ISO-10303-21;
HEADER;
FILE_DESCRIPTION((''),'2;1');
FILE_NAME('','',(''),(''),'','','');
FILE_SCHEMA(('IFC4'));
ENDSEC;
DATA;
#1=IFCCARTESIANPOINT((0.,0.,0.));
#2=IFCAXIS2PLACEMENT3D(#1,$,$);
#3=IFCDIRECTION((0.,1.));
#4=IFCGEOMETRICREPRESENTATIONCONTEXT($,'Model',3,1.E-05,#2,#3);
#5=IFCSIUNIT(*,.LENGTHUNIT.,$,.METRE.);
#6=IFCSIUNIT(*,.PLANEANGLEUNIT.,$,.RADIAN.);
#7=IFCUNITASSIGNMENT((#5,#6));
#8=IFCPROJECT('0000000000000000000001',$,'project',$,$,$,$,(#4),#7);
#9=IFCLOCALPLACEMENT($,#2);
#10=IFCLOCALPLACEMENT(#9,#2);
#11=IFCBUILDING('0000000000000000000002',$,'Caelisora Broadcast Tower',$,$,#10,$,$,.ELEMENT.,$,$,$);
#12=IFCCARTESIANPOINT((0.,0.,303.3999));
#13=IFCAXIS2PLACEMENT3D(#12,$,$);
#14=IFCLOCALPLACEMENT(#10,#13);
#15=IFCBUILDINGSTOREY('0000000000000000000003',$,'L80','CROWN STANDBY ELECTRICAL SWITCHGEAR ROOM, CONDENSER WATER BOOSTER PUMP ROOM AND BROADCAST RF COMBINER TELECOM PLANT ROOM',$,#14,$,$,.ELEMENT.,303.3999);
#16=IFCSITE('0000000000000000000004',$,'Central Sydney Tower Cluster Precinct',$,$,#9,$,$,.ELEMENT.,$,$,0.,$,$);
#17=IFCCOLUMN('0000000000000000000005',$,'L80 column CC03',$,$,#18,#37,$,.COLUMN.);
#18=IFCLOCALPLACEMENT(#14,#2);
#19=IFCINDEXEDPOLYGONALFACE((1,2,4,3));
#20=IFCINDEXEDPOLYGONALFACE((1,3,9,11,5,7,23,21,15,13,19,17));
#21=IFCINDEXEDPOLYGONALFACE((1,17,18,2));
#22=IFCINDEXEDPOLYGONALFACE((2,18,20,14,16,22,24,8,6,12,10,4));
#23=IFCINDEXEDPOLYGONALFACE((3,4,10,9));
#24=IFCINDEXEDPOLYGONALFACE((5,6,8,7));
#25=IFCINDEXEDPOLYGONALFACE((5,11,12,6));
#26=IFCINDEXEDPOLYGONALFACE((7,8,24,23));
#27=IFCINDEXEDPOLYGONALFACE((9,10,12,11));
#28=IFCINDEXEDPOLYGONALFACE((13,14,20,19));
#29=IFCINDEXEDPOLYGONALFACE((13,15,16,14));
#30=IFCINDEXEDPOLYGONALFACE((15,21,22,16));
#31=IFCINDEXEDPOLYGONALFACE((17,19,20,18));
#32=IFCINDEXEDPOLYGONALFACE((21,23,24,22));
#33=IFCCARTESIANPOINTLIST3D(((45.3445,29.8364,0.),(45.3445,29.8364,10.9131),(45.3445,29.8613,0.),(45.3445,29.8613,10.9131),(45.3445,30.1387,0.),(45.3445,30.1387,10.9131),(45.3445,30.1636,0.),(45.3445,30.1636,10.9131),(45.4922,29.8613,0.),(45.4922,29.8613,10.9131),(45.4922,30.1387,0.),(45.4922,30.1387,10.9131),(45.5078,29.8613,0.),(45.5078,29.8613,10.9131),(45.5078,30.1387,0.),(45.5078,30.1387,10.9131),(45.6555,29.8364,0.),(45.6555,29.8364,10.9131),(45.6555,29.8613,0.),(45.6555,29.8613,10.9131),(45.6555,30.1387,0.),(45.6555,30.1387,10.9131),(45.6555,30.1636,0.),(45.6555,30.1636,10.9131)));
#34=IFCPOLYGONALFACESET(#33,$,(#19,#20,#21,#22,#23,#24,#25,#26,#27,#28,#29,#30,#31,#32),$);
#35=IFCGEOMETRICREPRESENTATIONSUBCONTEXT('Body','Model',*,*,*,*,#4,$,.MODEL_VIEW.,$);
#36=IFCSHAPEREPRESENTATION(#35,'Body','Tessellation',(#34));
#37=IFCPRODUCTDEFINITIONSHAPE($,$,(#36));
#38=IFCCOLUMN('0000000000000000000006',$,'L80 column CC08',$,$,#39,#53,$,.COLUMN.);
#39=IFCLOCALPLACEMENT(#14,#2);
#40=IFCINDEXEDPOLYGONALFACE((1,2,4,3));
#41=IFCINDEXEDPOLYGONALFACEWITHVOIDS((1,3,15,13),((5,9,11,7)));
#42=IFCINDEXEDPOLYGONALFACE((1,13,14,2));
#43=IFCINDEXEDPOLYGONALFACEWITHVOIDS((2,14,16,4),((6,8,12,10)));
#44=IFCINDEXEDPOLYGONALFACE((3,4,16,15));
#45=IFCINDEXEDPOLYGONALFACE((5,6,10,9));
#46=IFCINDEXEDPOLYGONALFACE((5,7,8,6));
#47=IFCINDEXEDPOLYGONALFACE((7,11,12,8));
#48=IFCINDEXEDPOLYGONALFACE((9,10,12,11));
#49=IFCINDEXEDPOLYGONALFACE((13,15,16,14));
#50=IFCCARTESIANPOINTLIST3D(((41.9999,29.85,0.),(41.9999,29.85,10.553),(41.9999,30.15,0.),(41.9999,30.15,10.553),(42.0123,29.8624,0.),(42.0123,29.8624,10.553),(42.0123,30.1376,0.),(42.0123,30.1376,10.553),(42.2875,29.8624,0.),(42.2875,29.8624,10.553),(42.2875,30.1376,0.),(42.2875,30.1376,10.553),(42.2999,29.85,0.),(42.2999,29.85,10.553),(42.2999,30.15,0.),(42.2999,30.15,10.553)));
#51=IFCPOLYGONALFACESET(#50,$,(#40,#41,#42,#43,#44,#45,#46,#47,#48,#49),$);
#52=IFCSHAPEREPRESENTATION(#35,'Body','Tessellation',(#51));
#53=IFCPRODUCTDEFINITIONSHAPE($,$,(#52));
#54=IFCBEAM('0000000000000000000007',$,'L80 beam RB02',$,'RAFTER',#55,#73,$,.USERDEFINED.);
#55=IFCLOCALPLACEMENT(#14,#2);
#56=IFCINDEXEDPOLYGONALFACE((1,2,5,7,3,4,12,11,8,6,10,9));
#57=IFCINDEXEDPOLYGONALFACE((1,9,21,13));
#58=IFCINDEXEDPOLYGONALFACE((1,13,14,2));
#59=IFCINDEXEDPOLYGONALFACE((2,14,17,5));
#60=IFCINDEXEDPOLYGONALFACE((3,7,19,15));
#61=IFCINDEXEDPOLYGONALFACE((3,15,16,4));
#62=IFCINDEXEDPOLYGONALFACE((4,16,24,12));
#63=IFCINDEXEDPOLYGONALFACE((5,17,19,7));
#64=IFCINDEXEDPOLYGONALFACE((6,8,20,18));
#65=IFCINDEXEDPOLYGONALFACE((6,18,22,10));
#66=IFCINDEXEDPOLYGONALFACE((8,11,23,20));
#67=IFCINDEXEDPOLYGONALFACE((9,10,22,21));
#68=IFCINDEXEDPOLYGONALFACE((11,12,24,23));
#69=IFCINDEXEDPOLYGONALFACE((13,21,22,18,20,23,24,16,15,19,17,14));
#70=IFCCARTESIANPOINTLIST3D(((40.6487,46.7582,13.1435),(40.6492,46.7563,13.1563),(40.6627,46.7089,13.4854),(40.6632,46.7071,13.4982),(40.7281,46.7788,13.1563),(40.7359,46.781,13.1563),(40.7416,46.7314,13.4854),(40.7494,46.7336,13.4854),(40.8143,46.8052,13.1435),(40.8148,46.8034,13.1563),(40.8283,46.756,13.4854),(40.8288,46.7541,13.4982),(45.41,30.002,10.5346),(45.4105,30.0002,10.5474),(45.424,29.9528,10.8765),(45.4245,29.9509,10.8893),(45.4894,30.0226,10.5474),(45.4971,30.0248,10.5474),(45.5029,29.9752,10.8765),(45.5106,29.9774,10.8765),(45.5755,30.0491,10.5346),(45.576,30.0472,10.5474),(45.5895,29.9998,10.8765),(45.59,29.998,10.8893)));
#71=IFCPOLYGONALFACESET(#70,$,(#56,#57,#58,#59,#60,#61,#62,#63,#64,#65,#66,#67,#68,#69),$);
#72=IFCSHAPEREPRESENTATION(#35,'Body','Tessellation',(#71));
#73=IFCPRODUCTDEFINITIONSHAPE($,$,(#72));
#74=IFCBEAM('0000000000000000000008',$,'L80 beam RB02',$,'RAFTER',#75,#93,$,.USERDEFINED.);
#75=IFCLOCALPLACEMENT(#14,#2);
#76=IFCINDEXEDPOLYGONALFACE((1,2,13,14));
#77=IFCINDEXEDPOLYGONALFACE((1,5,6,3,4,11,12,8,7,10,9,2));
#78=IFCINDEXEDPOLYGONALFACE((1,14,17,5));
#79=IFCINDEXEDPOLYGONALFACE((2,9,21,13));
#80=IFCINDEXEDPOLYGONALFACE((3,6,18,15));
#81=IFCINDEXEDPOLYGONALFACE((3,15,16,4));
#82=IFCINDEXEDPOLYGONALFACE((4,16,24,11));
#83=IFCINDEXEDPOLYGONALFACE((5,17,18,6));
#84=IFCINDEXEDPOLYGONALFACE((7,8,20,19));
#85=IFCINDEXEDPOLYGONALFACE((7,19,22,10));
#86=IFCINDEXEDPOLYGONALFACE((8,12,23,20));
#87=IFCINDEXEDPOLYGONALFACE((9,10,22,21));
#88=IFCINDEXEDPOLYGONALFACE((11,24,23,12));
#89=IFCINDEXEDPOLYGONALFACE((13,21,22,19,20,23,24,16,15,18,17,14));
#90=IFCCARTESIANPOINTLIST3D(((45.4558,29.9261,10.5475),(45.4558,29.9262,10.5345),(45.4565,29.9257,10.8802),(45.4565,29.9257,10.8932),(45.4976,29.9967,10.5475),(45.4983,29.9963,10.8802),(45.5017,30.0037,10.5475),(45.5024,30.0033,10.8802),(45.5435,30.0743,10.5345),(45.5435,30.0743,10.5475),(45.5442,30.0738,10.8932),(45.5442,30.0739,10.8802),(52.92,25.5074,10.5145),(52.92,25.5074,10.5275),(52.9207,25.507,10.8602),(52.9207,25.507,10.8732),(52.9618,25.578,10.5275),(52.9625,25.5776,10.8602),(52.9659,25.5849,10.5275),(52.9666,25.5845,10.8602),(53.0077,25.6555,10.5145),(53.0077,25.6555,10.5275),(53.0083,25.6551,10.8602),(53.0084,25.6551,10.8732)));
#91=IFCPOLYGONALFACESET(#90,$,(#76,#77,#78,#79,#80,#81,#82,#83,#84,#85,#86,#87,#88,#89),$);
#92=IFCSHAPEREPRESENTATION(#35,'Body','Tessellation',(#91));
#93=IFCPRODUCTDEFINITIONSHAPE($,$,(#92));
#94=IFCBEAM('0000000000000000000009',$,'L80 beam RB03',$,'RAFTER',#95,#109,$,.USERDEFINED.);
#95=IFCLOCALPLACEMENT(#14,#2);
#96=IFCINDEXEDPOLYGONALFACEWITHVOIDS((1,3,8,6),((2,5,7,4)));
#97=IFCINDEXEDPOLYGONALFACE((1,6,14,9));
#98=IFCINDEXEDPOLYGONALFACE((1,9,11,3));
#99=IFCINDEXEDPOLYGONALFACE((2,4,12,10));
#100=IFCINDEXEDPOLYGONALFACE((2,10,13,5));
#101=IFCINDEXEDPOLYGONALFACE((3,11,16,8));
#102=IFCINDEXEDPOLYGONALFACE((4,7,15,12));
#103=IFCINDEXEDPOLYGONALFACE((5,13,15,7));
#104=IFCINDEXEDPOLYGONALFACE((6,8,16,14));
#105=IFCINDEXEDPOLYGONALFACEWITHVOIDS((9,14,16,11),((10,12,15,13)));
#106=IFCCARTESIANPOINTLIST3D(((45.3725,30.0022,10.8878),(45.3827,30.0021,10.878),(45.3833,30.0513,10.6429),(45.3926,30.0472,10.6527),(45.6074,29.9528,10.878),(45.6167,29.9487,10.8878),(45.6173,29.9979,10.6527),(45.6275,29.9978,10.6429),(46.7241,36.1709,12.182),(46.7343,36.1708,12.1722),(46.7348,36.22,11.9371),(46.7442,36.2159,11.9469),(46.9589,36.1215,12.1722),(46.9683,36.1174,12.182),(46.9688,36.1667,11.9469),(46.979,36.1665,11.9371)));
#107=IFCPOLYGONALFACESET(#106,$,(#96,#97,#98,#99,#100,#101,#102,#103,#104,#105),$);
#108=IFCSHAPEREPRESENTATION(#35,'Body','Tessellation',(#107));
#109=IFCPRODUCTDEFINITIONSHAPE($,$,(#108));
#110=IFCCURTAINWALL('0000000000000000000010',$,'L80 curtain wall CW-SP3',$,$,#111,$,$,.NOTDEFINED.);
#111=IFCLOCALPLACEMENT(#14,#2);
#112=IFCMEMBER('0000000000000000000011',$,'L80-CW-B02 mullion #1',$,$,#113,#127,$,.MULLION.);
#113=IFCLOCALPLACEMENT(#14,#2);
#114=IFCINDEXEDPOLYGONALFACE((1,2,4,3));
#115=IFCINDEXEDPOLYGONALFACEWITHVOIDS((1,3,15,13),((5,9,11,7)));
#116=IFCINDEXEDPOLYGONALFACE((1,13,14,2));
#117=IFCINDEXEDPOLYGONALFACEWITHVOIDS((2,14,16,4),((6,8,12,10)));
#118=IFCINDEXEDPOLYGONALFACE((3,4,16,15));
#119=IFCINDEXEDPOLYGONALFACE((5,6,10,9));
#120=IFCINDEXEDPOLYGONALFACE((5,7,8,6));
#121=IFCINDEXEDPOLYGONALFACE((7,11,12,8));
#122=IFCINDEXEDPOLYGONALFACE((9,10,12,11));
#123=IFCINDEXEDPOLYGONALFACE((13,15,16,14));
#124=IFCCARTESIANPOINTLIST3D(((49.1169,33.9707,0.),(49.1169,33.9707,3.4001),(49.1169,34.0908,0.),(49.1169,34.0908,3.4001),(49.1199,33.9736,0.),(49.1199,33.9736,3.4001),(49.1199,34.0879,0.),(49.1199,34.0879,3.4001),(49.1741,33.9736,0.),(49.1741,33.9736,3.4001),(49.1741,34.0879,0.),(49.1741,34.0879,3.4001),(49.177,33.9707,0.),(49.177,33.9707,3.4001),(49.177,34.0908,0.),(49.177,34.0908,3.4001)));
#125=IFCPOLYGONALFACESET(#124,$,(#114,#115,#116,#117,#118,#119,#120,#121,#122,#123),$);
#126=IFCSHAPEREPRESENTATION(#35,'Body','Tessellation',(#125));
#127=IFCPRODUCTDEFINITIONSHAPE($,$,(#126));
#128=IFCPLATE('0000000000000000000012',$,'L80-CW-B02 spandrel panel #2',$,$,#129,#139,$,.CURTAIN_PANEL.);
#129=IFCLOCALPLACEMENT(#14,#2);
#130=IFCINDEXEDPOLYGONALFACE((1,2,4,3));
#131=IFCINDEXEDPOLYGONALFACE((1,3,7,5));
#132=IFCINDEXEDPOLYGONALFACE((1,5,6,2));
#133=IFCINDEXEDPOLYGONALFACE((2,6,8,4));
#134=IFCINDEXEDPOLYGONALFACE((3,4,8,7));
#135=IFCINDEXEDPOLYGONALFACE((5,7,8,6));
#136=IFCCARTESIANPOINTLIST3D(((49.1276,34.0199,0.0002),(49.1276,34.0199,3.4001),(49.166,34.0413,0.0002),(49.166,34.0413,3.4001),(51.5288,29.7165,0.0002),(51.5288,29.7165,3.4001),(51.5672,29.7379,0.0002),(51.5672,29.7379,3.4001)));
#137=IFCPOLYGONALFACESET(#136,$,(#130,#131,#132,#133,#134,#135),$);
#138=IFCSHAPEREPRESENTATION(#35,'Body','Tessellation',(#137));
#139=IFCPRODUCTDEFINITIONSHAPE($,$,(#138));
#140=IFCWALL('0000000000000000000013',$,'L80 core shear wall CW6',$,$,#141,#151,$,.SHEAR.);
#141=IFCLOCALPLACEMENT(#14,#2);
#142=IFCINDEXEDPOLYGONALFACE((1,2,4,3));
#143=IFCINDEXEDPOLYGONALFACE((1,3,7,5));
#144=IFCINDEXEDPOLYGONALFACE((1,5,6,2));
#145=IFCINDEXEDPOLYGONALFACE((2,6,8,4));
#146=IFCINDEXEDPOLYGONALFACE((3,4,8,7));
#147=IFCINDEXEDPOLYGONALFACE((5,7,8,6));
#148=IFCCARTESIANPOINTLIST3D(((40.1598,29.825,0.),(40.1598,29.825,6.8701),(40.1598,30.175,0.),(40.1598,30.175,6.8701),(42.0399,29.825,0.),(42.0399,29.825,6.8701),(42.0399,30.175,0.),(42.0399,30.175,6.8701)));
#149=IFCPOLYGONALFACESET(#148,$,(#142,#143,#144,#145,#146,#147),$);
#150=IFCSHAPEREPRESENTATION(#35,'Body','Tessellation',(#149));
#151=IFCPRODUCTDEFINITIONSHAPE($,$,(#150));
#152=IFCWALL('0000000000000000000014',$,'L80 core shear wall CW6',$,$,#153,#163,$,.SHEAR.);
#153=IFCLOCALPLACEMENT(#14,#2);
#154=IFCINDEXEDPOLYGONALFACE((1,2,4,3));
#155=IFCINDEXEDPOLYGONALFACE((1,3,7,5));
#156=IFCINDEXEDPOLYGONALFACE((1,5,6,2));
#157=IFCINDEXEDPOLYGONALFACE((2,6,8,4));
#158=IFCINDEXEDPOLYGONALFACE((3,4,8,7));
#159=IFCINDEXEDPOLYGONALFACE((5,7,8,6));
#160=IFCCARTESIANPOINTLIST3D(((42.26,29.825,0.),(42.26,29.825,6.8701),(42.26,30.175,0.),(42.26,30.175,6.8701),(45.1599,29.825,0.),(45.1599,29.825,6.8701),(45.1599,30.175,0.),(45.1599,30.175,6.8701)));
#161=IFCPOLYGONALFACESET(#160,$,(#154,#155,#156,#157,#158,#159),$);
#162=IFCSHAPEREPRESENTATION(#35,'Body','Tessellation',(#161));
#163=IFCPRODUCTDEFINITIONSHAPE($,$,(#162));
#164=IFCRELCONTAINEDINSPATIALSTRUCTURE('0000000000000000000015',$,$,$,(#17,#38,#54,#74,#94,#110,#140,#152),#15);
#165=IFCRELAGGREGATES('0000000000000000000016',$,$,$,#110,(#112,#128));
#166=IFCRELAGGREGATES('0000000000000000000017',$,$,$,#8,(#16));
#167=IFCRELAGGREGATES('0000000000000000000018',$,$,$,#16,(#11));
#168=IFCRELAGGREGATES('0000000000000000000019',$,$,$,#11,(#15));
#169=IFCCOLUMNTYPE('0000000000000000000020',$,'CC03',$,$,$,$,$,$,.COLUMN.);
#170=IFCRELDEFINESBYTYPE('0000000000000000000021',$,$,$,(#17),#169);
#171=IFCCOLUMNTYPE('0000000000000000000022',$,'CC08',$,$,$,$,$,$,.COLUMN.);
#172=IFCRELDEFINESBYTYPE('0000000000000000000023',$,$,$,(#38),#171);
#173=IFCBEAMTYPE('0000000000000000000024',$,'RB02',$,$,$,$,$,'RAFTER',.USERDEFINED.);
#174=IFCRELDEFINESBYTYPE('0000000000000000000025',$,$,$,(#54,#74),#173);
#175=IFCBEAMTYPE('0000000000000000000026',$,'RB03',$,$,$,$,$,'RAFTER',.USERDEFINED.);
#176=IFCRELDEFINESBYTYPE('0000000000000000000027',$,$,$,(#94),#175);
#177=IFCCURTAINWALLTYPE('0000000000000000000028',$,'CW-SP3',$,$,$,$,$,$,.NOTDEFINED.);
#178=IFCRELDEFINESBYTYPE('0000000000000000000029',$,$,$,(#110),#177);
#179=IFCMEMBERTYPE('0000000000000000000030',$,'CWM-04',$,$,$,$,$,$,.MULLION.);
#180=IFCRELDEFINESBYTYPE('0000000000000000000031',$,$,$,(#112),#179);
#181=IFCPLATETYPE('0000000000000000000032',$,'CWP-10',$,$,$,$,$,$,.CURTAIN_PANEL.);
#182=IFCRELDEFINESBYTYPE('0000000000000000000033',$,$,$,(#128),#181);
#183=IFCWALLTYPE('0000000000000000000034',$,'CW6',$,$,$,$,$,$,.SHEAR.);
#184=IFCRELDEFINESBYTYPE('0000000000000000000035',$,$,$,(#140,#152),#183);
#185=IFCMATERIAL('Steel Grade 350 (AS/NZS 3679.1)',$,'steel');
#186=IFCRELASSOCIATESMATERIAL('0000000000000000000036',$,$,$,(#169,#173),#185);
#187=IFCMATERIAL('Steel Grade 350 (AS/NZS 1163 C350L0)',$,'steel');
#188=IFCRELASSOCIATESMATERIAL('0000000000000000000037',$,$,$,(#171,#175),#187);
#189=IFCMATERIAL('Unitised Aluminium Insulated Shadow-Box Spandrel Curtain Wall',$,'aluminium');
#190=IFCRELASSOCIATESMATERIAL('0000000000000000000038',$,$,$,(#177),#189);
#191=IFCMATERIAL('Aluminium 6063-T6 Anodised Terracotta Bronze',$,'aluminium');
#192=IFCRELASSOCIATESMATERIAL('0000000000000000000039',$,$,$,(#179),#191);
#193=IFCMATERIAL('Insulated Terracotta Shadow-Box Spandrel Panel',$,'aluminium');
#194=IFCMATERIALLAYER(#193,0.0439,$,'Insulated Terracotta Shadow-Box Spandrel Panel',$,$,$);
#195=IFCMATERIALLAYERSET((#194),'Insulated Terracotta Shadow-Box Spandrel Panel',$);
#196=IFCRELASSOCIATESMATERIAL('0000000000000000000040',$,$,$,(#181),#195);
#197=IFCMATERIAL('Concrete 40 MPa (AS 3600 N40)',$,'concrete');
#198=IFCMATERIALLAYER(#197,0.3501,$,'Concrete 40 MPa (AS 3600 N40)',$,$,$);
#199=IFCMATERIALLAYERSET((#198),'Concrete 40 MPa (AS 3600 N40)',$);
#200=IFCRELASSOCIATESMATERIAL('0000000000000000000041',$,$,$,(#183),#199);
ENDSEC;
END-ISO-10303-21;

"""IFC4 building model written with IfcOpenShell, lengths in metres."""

from ifc_helpers import new_model, si_unit, direction, frame, frame_2d, origin, origin_2d, place, context, subcontext, project, spatial, rectangle, hollow_rectangle, i_section, extrude, source, transform, mapped, material, layer, layer_set, material_profile, profile_set, type_object, type_shapes, element, aggregate, save


model = new_model("IFC4")

# Units and contexts
model_context = context("Model", 3, precision=1e-05, world=origin(), true_north=direction((0.0, 1.0)))
body_context = subcontext(model_context, "Body", "Model", "MODEL_VIEW")
ifc_project = project(units=[si_unit("LENGTHUNIT", "METRE"), si_unit("PLANEANGLEUNIT", "RADIAN")], contexts=[model_context])

# Site, building, storey
site_placement = place(None, origin())
site = spatial("IfcSite", under=ifc_project, at=site_placement, Name="Central Sydney Tower Cluster Precinct", CompositionType="ELEMENT", RefElevation=0.0)
building_placement = place(site_placement, origin())
building = spatial("IfcBuilding", under=site, at=building_placement, Name="Caelisora Broadcast Tower", CompositionType="ELEMENT")
storey_placement = place(building_placement, frame((0.0, 0.0, 303.3999)))
storey = spatial("IfcBuildingStorey", under=building, at=storey_placement, Name="L80", Description="CROWN STANDBY ELECTRICAL SWITCHGEAR ROOM, CONDENSER WATER BOOSTER PUMP ROOM AND BROADCAST RF COMBINER TELECOM PLANT ROOM", CompositionType="ELEMENT", Elevation=303.3999)

# Columns
ifc_material_1 = material(Name="Steel Grade 350 (AS/NZS 3679.1)", Category="steel")
ifc_material_profile_1 = material_profile(ifc_material_1, i_section(OverallWidth=0.311, OverallDepth=0.3271, WebThickness=0.0156, FlangeThickness=0.0249, at=origin_2d()), Name="Steel Grade 350 (AS/NZS 3679.1)")
ifc_profile_set_1 = profile_set([ifc_material_profile_1], Name="Steel Grade 350 (AS/NZS 3679.1)")
column_type_1 = type_object("IfcColumnType", Name="CC03", PredefinedType="COLUMN", material=ifc_profile_set_1)
shared_shape_1 = source(origin(), body_context, "Body", "SweptSolid", [
    extrude(i_section(OverallWidth=0.311, OverallDepth=0.3271, WebThickness=0.0156, FlangeThickness=0.0249, at=origin_2d()), origin(), (0.0, 0.0, 1.0), 10.9131),
])
type_shapes(column_type_1, [shared_shape_1])
column_1_placement = place(storey_placement, frame((45.5, 30.0, 0.0), z_axis=(0.0, 0.0, 1.0), x_axis=(1.0, 0.0, 0.0)))
element("IfcColumn", 1, at=column_1_placement, inside=storey, type_object=column_type_1, Name="L80 column CC03", PredefinedType="COLUMN", context=body_context, shape_type="MappedRepresentation", body=[
    mapped(shared_shape_1, transform((0.0, 0.0, 0.0), scale=1.0)),
])
ifc_material_2 = material(Name="Steel Grade 350 (AS/NZS 1163 C350L0)", Category="steel")
ifc_material_profile_2 = material_profile(ifc_material_2, hollow_rectangle(XDim=0.3, YDim=0.3, WallThickness=0.0125, at=origin_2d()), Name="Steel Grade 350 (AS/NZS 1163 C350L0)")
ifc_profile_set_2 = profile_set([ifc_material_profile_2], Name="Steel Grade 350 (AS/NZS 1163 C350L0)")
column_type_2 = type_object("IfcColumnType", Name="CC08", PredefinedType="COLUMN", material=ifc_profile_set_2)
shared_shape_2 = source(origin(), body_context, "Body", "SweptSolid", [
    extrude(hollow_rectangle(XDim=0.3, YDim=0.3, WallThickness=0.0125, at=origin_2d()), origin(), (0.0, 0.0, 1.0), 10.553),
])
type_shapes(column_type_2, [shared_shape_2])
column_2_placement = place(storey_placement, frame((42.1499, 30.0, 0.0), z_axis=(0.0, 0.0, 1.0), x_axis=(1.0, 0.0, 0.0)))
element("IfcColumn", 2, at=column_2_placement, inside=storey, type_object=column_type_2, Name="L80 column CC08", PredefinedType="COLUMN", context=body_context, shape_type="MappedRepresentation", body=[
    mapped(shared_shape_2, transform((0.0, 0.0, 0.0), scale=1.0)),
])

# Beams
ifc_material_profile_3 = material_profile(ifc_material_1, i_section(OverallWidth=0.1721, OverallDepth=0.3586, WebThickness=0.0081, FlangeThickness=0.0129, at=origin_2d()), Name="Steel Grade 350 (AS/NZS 3679.1)")
ifc_profile_set_3 = profile_set([ifc_material_profile_3], Name="Steel Grade 350 (AS/NZS 3679.1)")
beam_type_1 = type_object("IfcBeamType", Name="RB02", ElementType="RAFTER", PredefinedType="USERDEFINED", material=ifc_profile_set_3)
shared_shape_3 = source(origin(), body_context, "Body", "SweptSolid", [
    extrude(i_section(OverallWidth=0.1721, OverallDepth=0.3586, WebThickness=0.0081, FlangeThickness=0.0129, at=origin_2d()), origin(), (0.0, 0.0, 1.0), 17.6138),
])
beam_1_placement = place(storey_placement, frame((45.5, 30.0, 10.7119), z_axis=(-0.270314, 0.951311, 0.148117), x_axis=(-0.961921, -0.273329, 0.0)))
element("IfcBeam", 3, at=beam_1_placement, inside=storey, type_object=beam_type_1, Name="L80 beam RB02", ObjectType="RAFTER", PredefinedType="USERDEFINED", context=body_context, shape_type="MappedRepresentation", body=[
    mapped(shared_shape_3, transform((0.0, 0.0, 0.0), scale=1.0)),
])
shared_shape_4 = source(origin(), body_context, "Body", "SweptSolid", [
    extrude(i_section(OverallWidth=0.1721, OverallDepth=0.3586, WebThickness=0.0081, FlangeThickness=0.0129, at=origin_2d()), origin(), (0.0, 0.0, 1.0), 8.6741),
])
type_shapes(beam_type_1, [shared_shape_3, shared_shape_4])
beam_2_placement = place(storey_placement, frame((45.5, 30.0, 10.7139), z_axis=(0.860515, -0.509419, -0.002308), x_axis=(0.50942, 0.860518, 0.0)))
element("IfcBeam", 4, at=beam_2_placement, inside=storey, type_object=beam_type_1, Name="L80 beam RB02", ObjectType="RAFTER", PredefinedType="USERDEFINED", context=body_context, shape_type="MappedRepresentation", body=[
    mapped(shared_shape_4, transform((0.0, 0.0, 0.0), scale=1.0)),
])
ifc_material_profile_4 = material_profile(ifc_material_2, hollow_rectangle(XDim=0.25, YDim=0.25, WallThickness=0.01, at=origin_2d()), Name="Steel Grade 350 (AS/NZS 1163 C350L0)")
ifc_profile_set_4 = profile_set([ifc_material_profile_4], Name="Steel Grade 350 (AS/NZS 1163 C350L0)")
beam_type_2 = type_object("IfcBeamType", Name="RB03", ElementType="RAFTER", PredefinedType="USERDEFINED", material=ifc_profile_set_4)
shared_shape_5 = source(origin(), body_context, "Body", "SweptSolid", [
    extrude(hollow_rectangle(XDim=0.25, YDim=0.25, WallThickness=0.01, at=origin_2d()), origin(), (0.0, 0.0, 1.0), 6.4463),
])
type_shapes(beam_type_2, [shared_shape_5])
beam_3_placement = place(storey_placement, frame((45.5, 30.0, 10.7654), z_axis=(0.209666, 0.95694, 0.200765), x_axis=(-0.976829, 0.214023, 0.0)))
element("IfcBeam", 5, at=beam_3_placement, inside=storey, type_object=beam_type_2, Name="L80 beam RB03", ObjectType="RAFTER", PredefinedType="USERDEFINED", context=body_context, shape_type="MappedRepresentation", body=[
    mapped(shared_shape_5, transform((0.0, 0.0, 0.0), scale=1.0)),
])

# Curtain wall, member, plate
ifc_material_3 = material(Name="Unitised Aluminium Insulated Shadow-Box Spandrel Curtain Wall", Category="aluminium")
curtain_wall_type = type_object("IfcCurtainWallType", Name="CW-SP3", PredefinedType="NOTDEFINED", material=ifc_material_3)
curtain_wall_placement = place(storey_placement, origin())
curtain_wall = element("IfcCurtainWall", 6, at=curtain_wall_placement, inside=storey, type_object=curtain_wall_type, Name="L80 curtain wall CW-SP3", PredefinedType="NOTDEFINED")
ifc_material_4 = material(Name="Aluminium 6063-T6 Anodised Terracotta Bronze", Category="aluminium")
ifc_material_profile_5 = material_profile(ifc_material_4, hollow_rectangle(XDim=0.0601, YDim=0.1201, WallThickness=0.0029, at=origin_2d()), Name="Aluminium 6063-T6 Anodised Terracotta Bronze")
ifc_profile_set_5 = profile_set([ifc_material_profile_5], Name="Aluminium 6063-T6 Anodised Terracotta Bronze")
member_type = type_object("IfcMemberType", Name="CWM-04", PredefinedType="MULLION", material=ifc_profile_set_5)
shared_shape_6 = source(origin(), body_context, "Body", "SweptSolid", [
    extrude(hollow_rectangle(XDim=0.0601, YDim=0.1201, WallThickness=0.0029, at=origin_2d()), origin(), (0.0, 0.0, 1.0), 3.4001),
])
type_shapes(member_type, [shared_shape_6])
member_placement = place(storey_placement, frame((49.147, 34.0308, 0.0), z_axis=(0.0, 0.0, 1.0), x_axis=(1.0, 0.0, 0.0)))
member = element("IfcMember", 7, at=member_placement, type_object=member_type, Name="L80-CW-B02 mullion #1", PredefinedType="MULLION", context=body_context, shape_type="MappedRepresentation", body=[
    mapped(shared_shape_6, transform((0.0, 0.0, 0.0), scale=1.0)),
])
ifc_material_5 = material(Name="Insulated Terracotta Shadow-Box Spandrel Panel", Category="aluminium")
ifc_layer_1 = layer(ifc_material_5, 0.0439, Name="Insulated Terracotta Shadow-Box Spandrel Panel")
ifc_layer_set_1 = layer_set([ifc_layer_1], Name="Insulated Terracotta Shadow-Box Spandrel Panel")
plate_type = type_object("IfcPlateType", Name="CWP-10", PredefinedType="CURTAIN_PANEL", material=ifc_layer_set_1)
shared_shape_7 = source(origin(), body_context, "Body", "SweptSolid", [
    extrude(rectangle(XDim=4.928, YDim=0.0439, at=origin_2d()), origin(), (0.0, 0.0, 1.0), 3.3999),
])
type_shapes(plate_type, [shared_shape_7])
plate_placement = place(storey_placement, frame((50.3474, 31.8789, 0.0002), z_axis=(0.0, 0.0, 1.0), x_axis=(0.48725, -0.873262, 0.0)))
plate = element("IfcPlate", 8, at=plate_placement, type_object=plate_type, Name="L80-CW-B02 spandrel panel #2", PredefinedType="CURTAIN_PANEL", context=body_context, shape_type="MappedRepresentation", body=[
    mapped(shared_shape_7, transform((0.0, 0.0, 0.0), scale=1.0)),
])
aggregate(curtain_wall, [member, plate])

# Walls
ifc_material_6 = material(Name="Concrete 40 MPa (AS 3600 N40)", Category="concrete")
ifc_layer_2 = layer(ifc_material_6, 0.3501, Name="Concrete 40 MPa (AS 3600 N40)")
ifc_layer_set_2 = layer_set([ifc_layer_2], Name="Concrete 40 MPa (AS 3600 N40)")
wall_type_1 = type_object("IfcWallType", Name="CW6", PredefinedType="SHEAR", material=ifc_layer_set_2)
wall_1_placement = place(storey_placement, frame((40.1599, 30.0, 0.0), z_axis=(0.0, 0.0, 1.0), x_axis=(1.0, 0.0, 0.0)))
element("IfcWall", 9, at=wall_1_placement, inside=storey, type_object=wall_type_1, Name="L80 core shear wall CW6", PredefinedType="SHEAR", context=body_context, shape_type="SweptSolid", body=[
    extrude(rectangle(XDim=1.8801, YDim=0.3501, at=frame_2d((0.9399, 0.0))), origin(), (0.0, 0.0, 1.0), 6.8701),
])
wall_2_placement = place(storey_placement, frame((42.26, 30.0, 0.0), z_axis=(0.0, 0.0, 1.0), x_axis=(1.0, 0.0, 0.0)))
element("IfcWall", 10, at=wall_2_placement, inside=storey, type_object=wall_type_1, Name="L80 core shear wall CW6", PredefinedType="SHEAR", context=body_context, shape_type="SweptSolid", body=[
    extrude(rectangle(XDim=2.8999, YDim=0.3501, at=frame_2d((1.45, 0.0))), origin(), (0.0, 0.0, 1.0), 6.8701),
])

save(model, "model.ifc")
